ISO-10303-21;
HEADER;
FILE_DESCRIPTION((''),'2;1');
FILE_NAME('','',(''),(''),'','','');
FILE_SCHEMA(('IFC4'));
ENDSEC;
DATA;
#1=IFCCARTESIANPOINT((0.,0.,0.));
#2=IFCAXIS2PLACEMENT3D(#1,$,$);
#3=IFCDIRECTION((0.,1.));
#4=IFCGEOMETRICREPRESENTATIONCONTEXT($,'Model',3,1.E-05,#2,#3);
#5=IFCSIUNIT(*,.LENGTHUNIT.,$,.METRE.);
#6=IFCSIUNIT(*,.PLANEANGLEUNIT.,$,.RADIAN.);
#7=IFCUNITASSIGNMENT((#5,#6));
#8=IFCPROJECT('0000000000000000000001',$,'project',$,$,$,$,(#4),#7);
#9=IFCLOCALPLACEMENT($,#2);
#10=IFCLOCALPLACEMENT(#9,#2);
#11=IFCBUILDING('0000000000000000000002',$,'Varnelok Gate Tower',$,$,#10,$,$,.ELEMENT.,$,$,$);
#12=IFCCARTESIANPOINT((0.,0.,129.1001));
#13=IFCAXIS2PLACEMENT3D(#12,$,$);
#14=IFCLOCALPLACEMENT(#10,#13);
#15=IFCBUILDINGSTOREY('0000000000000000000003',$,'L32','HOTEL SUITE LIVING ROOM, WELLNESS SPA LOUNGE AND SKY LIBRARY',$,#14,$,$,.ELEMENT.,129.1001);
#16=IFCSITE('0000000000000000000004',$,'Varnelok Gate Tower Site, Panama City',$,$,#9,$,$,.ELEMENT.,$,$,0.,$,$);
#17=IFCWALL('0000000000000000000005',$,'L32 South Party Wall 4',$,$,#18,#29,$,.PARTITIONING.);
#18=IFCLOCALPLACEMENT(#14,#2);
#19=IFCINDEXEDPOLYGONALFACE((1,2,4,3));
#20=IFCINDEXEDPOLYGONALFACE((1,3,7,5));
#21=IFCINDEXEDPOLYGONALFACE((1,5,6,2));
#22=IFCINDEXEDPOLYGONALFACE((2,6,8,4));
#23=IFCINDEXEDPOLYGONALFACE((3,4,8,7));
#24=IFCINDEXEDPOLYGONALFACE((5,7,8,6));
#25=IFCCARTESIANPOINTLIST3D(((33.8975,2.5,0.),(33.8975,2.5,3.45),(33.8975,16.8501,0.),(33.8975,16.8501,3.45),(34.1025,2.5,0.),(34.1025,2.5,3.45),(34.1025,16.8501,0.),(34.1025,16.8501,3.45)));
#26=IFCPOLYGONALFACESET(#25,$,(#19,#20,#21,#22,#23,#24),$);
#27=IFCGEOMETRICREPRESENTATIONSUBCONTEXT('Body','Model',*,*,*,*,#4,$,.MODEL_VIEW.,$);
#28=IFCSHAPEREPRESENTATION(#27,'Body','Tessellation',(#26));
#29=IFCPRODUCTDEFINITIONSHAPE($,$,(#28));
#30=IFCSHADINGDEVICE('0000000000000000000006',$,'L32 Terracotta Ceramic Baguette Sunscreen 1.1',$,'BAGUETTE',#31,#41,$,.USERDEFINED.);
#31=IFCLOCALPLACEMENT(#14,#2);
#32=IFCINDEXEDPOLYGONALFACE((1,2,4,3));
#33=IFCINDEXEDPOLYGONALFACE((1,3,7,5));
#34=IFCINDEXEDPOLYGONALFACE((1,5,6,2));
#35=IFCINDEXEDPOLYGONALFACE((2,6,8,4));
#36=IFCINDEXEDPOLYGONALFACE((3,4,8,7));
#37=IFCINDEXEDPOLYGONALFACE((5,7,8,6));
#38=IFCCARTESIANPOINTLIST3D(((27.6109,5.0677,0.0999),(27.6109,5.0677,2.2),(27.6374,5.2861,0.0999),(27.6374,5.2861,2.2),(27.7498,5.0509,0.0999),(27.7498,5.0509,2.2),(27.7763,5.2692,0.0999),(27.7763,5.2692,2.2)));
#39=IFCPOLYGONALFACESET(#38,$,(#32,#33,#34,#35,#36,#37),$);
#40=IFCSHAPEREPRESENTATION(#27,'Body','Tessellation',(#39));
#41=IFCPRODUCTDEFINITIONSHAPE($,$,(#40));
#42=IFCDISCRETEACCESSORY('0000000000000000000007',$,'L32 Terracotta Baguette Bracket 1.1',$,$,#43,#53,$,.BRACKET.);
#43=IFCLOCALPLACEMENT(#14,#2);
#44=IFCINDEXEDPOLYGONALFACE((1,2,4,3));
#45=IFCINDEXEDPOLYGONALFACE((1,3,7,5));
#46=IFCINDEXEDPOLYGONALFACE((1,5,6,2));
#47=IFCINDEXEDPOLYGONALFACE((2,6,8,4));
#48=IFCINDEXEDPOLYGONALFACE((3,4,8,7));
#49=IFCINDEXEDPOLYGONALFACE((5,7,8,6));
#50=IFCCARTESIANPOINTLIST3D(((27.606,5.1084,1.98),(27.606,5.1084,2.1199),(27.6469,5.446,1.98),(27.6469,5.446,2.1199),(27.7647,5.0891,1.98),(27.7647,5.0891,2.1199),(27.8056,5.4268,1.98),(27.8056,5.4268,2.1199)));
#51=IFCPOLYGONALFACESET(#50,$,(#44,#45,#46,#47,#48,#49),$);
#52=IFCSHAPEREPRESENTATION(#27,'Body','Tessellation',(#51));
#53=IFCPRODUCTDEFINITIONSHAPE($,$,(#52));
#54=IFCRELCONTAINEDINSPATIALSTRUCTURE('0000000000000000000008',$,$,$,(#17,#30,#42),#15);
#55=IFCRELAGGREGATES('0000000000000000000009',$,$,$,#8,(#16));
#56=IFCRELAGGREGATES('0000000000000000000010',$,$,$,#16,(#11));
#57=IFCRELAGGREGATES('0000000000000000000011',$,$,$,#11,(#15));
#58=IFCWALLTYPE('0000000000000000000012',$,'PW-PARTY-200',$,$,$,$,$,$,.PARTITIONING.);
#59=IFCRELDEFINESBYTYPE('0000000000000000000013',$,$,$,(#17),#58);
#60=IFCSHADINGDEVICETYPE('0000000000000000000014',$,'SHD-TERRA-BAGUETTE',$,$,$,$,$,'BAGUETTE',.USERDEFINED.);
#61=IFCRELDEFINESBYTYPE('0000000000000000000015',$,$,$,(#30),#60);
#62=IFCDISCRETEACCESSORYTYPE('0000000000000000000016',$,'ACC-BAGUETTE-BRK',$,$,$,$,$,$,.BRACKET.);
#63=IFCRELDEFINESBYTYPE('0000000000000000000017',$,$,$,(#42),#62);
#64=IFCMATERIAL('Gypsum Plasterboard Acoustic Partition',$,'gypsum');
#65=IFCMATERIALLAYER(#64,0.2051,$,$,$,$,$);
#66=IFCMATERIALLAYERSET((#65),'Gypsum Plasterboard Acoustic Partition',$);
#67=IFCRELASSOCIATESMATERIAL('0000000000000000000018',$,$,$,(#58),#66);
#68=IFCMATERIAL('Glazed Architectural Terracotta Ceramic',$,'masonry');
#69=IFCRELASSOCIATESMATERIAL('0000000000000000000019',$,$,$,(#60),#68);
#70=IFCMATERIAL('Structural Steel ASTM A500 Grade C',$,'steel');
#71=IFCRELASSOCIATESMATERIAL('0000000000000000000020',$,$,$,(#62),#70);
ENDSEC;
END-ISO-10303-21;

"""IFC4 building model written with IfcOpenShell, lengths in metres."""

from ifc_helpers import new_model, si_unit, direction, frame, frame_2d, origin, origin_2d, place, context, subcontext, project, spatial, rectangle, extrude, source, transform, mapped, material, layer, layer_set, type_object, element, save


model = new_model("IFC4")

# Units and contexts
model_context = context("Model", 3, precision=1e-05, world=origin(), true_north=direction((0.0, 1.0)))
body_context = subcontext(model_context, "Body", "Model", "MODEL_VIEW")
ifc_project = project(units=[si_unit("LENGTHUNIT", "METRE"), si_unit("PLANEANGLEUNIT", "RADIAN")], contexts=[model_context])

# Site, building, storey
site_placement = place(None, origin())
site = spatial("IfcSite", under=ifc_project, at=site_placement, Name="Varnelok Gate Tower Site, Panama City", CompositionType="ELEMENT", RefElevation=0.0)
building_placement = place(site_placement, origin())
building = spatial("IfcBuilding", under=site, at=building_placement, Name="Varnelok Gate Tower", CompositionType="ELEMENT")
storey_placement = place(building_placement, frame((0.0, 0.0, 129.1001)))
storey = spatial("IfcBuildingStorey", under=building, at=storey_placement, Name="L32", Description="HOTEL SUITE LIVING ROOM, WELLNESS SPA LOUNGE AND SKY LIBRARY", CompositionType="ELEMENT", Elevation=129.1001)

# Shared definitions
ifc_material_1 = material(Name="Gypsum Plasterboard Acoustic Partition", Category="gypsum")

# Wall
ifc_layer_1 = layer(ifc_material_1, 0.2051)
ifc_layer_set_1 = layer_set([ifc_layer_1], Name="Gypsum Plasterboard Acoustic Partition")
wall_type_1 = type_object("IfcWallType", Name="PW-PARTY-200", PredefinedType="PARTITIONING", material=ifc_layer_set_1)
wall_1_placement = place(storey_placement, frame((34.0, 2.5, 0.0), z_axis=(0.0, 0.0, 1.0), x_axis=(0.0, 1.0, 0.0)))
element("IfcWall", 1, at=wall_1_placement, inside=storey, type_object=wall_type_1, Name="L32 South Party Wall 4", PredefinedType="PARTITIONING", context=body_context, shape_type="SweptSolid", body=[
    extrude(rectangle(XDim=14.3501, YDim=0.2051, at=frame_2d((7.175, 0.0))), origin(), (0.0, 0.0, 1.0), 3.45),
])

# Shading device
ifc_material_2 = material(Name="Glazed Architectural Terracotta Ceramic", Category="masonry")
shading_device_type = type_object("IfcShadingDeviceType", Name="SHD-TERRA-BAGUETTE", ElementType="BAGUETTE", PredefinedType="USERDEFINED", material=ifc_material_2)
shared_shape_1 = source(origin(), body_context, "Body", "SweptSolid", [
    extrude(rectangle(XDim=0.1399, YDim=0.22, at=origin_2d()), origin(), (0.0, 0.0, 1.0), 2.1001),
])
shading_device_placement = place(storey_placement, frame((27.6936, 5.1685, 0.0999), z_axis=(0.0, 0.0, 1.0), x_axis=(0.992732, -0.120345, 0.0)))
element("IfcShadingDevice", 2, at=shading_device_placement, inside=storey, type_object=shading_device_type, Name="L32 Terracotta Ceramic Baguette Sunscreen 1.1", ObjectType="BAGUETTE", PredefinedType="USERDEFINED", context=body_context, shape_type="MappedRepresentation", body=[
    mapped(shared_shape_1, transform((0.0, 0.0, 0.0), scale=1.0)),
])

# Discrete accessory
ifc_material_3 = material(Name="Structural Steel ASTM A500 Grade C", Category="steel")
discrete_accessory_type = type_object("IfcDiscreteAccessoryType", Name="ACC-BAGUETTE-BRK", PredefinedType="BRACKET", material=ifc_material_3)
shared_shape_2 = source(origin(), body_context, "Body", "SweptSolid", [
    extrude(rectangle(XDim=0.1599, YDim=0.3401, at=origin_2d()), origin(), (0.0, 0.0, 1.0), 0.1399),
])
discrete_accessory_placement = place(storey_placement, frame((27.7058, 5.2676, 1.98), z_axis=(0.0, 0.0, 1.0), x_axis=(0.992732, -0.120345, 0.0)))
element("IfcDiscreteAccessory", 3, at=discrete_accessory_placement, inside=storey, type_object=discrete_accessory_type, Name="L32 Terracotta Baguette Bracket 1.1", PredefinedType="BRACKET", context=body_context, shape_type="MappedRepresentation", body=[
    mapped(shared_shape_2, transform((0.0, 0.0, 0.0), scale=1.0)),
])

save(model, "model.ifc")
